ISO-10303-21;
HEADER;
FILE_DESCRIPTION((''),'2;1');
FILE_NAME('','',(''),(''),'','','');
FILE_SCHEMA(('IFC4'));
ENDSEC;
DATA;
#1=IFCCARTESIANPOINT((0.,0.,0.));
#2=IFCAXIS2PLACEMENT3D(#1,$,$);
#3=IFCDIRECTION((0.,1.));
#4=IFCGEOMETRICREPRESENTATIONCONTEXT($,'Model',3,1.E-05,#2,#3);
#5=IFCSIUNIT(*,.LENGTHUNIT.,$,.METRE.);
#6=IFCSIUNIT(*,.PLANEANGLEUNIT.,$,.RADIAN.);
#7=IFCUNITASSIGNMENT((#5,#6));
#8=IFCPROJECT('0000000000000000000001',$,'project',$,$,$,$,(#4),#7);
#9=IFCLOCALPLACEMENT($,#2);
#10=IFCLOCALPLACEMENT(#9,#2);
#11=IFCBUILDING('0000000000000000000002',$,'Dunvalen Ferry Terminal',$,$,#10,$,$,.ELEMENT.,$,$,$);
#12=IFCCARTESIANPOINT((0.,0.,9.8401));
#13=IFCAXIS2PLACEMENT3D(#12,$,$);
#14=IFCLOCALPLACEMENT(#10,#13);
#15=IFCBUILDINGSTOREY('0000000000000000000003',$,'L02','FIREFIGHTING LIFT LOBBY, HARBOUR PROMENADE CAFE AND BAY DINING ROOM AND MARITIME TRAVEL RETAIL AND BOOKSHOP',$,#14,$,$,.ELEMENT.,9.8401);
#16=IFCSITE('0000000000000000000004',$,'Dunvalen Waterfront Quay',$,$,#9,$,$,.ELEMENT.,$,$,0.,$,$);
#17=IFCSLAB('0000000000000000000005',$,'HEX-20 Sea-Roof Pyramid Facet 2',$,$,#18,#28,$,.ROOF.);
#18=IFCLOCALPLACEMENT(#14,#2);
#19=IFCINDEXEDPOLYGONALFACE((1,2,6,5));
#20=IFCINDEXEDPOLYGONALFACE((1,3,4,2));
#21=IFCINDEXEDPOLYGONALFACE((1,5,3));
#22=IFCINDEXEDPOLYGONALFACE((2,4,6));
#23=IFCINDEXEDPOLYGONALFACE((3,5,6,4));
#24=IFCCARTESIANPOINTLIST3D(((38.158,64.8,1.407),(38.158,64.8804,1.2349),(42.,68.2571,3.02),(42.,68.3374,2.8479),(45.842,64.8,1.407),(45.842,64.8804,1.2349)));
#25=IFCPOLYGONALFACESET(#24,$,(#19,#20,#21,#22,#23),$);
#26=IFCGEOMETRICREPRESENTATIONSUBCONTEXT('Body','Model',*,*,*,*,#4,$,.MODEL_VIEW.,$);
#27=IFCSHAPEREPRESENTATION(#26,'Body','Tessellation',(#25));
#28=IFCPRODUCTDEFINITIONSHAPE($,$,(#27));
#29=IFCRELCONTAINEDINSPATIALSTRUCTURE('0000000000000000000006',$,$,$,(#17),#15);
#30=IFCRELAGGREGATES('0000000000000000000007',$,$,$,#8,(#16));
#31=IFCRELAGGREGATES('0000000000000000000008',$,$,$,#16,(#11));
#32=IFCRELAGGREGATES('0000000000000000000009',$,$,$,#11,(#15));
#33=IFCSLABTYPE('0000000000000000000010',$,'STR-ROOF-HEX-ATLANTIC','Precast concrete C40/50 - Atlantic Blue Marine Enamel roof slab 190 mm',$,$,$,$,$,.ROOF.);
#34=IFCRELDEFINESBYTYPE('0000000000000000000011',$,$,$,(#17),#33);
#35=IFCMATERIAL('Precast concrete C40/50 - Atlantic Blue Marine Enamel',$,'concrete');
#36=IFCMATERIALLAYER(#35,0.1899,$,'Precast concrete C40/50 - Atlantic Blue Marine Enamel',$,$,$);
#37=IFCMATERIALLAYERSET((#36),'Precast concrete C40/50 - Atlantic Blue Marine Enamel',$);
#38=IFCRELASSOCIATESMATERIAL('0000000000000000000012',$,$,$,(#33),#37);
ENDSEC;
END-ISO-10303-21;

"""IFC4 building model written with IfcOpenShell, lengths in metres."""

from ifc_helpers import new_model, si_unit, direction, frame, origin, place, context, subcontext, project, spatial, polyline, outline, extrude, material, layer, layer_set, type_object, element, save


model = new_model("IFC4")

# Units and contexts
model_context = context("Model", 3, precision=1e-05, world=origin(), true_north=direction((0.0, 1.0)))
body_context = subcontext(model_context, "Body", "Model", "MODEL_VIEW")
ifc_project = project(units=[si_unit("LENGTHUNIT", "METRE"), si_unit("PLANEANGLEUNIT", "RADIAN")], contexts=[model_context])

# Site, building, storey
site_placement = place(None, origin())
site = spatial("IfcSite", under=ifc_project, at=site_placement, Name="Dunvalen Waterfront Quay", CompositionType="ELEMENT", RefElevation=0.0)
building_placement = place(site_placement, origin())
building = spatial("IfcBuilding", under=site, at=building_placement, Name="Dunvalen Ferry Terminal", CompositionType="ELEMENT")
storey_placement = place(building_placement, frame((0.0, 0.0, 9.8401)))
storey = spatial("IfcBuildingStorey", under=building, at=storey_placement, Name="L02", Description="FIREFIGHTING LIFT LOBBY, HARBOUR PROMENADE CAFE AND BAY DINING ROOM AND MARITIME TRAVEL RETAIL AND BOOKSHOP", CompositionType="ELEMENT", Elevation=9.8401)

# Slab
ifc_material_1 = material(Name="Precast concrete C40/50 - Atlantic Blue Marine Enamel", Category="concrete")
ifc_layer_1 = layer(ifc_material_1, 0.1899, Name="Precast concrete C40/50 - Atlantic Blue Marine Enamel")
ifc_layer_set_1 = layer_set([ifc_layer_1], Name="Precast concrete C40/50 - Atlantic Blue Marine Enamel")
slab_type = type_object("IfcSlabType", Name="STR-ROOF-HEX-ATLANTIC", Description="Precast concrete C40/50 - Atlantic Blue Marine Enamel roof slab 190 mm", PredefinedType="ROOF", material=ifc_layer_set_1)
slab_placement = place(storey_placement, frame((38.158, 64.8, 1.407), z_axis=(0.0, -0.422833, 0.906208), x_axis=(1.0, 0.0, 0.0)))
element("IfcSlab", 1, at=slab_placement, inside=storey, type_object=slab_type, Name="HEX-20 Sea-Roof Pyramid Facet 2", PredefinedType="ROOF", context=body_context, shape_type="SweptSolid", body=[
    extrude(outline(polyline([(0.0, 0.0), (7.6841, 0.0), (3.842, 3.8148), (0.0, 0.0)])), origin(), (0.0, 0.0, -1.0), 0.1899),
])

save(model, "model.ifc")
